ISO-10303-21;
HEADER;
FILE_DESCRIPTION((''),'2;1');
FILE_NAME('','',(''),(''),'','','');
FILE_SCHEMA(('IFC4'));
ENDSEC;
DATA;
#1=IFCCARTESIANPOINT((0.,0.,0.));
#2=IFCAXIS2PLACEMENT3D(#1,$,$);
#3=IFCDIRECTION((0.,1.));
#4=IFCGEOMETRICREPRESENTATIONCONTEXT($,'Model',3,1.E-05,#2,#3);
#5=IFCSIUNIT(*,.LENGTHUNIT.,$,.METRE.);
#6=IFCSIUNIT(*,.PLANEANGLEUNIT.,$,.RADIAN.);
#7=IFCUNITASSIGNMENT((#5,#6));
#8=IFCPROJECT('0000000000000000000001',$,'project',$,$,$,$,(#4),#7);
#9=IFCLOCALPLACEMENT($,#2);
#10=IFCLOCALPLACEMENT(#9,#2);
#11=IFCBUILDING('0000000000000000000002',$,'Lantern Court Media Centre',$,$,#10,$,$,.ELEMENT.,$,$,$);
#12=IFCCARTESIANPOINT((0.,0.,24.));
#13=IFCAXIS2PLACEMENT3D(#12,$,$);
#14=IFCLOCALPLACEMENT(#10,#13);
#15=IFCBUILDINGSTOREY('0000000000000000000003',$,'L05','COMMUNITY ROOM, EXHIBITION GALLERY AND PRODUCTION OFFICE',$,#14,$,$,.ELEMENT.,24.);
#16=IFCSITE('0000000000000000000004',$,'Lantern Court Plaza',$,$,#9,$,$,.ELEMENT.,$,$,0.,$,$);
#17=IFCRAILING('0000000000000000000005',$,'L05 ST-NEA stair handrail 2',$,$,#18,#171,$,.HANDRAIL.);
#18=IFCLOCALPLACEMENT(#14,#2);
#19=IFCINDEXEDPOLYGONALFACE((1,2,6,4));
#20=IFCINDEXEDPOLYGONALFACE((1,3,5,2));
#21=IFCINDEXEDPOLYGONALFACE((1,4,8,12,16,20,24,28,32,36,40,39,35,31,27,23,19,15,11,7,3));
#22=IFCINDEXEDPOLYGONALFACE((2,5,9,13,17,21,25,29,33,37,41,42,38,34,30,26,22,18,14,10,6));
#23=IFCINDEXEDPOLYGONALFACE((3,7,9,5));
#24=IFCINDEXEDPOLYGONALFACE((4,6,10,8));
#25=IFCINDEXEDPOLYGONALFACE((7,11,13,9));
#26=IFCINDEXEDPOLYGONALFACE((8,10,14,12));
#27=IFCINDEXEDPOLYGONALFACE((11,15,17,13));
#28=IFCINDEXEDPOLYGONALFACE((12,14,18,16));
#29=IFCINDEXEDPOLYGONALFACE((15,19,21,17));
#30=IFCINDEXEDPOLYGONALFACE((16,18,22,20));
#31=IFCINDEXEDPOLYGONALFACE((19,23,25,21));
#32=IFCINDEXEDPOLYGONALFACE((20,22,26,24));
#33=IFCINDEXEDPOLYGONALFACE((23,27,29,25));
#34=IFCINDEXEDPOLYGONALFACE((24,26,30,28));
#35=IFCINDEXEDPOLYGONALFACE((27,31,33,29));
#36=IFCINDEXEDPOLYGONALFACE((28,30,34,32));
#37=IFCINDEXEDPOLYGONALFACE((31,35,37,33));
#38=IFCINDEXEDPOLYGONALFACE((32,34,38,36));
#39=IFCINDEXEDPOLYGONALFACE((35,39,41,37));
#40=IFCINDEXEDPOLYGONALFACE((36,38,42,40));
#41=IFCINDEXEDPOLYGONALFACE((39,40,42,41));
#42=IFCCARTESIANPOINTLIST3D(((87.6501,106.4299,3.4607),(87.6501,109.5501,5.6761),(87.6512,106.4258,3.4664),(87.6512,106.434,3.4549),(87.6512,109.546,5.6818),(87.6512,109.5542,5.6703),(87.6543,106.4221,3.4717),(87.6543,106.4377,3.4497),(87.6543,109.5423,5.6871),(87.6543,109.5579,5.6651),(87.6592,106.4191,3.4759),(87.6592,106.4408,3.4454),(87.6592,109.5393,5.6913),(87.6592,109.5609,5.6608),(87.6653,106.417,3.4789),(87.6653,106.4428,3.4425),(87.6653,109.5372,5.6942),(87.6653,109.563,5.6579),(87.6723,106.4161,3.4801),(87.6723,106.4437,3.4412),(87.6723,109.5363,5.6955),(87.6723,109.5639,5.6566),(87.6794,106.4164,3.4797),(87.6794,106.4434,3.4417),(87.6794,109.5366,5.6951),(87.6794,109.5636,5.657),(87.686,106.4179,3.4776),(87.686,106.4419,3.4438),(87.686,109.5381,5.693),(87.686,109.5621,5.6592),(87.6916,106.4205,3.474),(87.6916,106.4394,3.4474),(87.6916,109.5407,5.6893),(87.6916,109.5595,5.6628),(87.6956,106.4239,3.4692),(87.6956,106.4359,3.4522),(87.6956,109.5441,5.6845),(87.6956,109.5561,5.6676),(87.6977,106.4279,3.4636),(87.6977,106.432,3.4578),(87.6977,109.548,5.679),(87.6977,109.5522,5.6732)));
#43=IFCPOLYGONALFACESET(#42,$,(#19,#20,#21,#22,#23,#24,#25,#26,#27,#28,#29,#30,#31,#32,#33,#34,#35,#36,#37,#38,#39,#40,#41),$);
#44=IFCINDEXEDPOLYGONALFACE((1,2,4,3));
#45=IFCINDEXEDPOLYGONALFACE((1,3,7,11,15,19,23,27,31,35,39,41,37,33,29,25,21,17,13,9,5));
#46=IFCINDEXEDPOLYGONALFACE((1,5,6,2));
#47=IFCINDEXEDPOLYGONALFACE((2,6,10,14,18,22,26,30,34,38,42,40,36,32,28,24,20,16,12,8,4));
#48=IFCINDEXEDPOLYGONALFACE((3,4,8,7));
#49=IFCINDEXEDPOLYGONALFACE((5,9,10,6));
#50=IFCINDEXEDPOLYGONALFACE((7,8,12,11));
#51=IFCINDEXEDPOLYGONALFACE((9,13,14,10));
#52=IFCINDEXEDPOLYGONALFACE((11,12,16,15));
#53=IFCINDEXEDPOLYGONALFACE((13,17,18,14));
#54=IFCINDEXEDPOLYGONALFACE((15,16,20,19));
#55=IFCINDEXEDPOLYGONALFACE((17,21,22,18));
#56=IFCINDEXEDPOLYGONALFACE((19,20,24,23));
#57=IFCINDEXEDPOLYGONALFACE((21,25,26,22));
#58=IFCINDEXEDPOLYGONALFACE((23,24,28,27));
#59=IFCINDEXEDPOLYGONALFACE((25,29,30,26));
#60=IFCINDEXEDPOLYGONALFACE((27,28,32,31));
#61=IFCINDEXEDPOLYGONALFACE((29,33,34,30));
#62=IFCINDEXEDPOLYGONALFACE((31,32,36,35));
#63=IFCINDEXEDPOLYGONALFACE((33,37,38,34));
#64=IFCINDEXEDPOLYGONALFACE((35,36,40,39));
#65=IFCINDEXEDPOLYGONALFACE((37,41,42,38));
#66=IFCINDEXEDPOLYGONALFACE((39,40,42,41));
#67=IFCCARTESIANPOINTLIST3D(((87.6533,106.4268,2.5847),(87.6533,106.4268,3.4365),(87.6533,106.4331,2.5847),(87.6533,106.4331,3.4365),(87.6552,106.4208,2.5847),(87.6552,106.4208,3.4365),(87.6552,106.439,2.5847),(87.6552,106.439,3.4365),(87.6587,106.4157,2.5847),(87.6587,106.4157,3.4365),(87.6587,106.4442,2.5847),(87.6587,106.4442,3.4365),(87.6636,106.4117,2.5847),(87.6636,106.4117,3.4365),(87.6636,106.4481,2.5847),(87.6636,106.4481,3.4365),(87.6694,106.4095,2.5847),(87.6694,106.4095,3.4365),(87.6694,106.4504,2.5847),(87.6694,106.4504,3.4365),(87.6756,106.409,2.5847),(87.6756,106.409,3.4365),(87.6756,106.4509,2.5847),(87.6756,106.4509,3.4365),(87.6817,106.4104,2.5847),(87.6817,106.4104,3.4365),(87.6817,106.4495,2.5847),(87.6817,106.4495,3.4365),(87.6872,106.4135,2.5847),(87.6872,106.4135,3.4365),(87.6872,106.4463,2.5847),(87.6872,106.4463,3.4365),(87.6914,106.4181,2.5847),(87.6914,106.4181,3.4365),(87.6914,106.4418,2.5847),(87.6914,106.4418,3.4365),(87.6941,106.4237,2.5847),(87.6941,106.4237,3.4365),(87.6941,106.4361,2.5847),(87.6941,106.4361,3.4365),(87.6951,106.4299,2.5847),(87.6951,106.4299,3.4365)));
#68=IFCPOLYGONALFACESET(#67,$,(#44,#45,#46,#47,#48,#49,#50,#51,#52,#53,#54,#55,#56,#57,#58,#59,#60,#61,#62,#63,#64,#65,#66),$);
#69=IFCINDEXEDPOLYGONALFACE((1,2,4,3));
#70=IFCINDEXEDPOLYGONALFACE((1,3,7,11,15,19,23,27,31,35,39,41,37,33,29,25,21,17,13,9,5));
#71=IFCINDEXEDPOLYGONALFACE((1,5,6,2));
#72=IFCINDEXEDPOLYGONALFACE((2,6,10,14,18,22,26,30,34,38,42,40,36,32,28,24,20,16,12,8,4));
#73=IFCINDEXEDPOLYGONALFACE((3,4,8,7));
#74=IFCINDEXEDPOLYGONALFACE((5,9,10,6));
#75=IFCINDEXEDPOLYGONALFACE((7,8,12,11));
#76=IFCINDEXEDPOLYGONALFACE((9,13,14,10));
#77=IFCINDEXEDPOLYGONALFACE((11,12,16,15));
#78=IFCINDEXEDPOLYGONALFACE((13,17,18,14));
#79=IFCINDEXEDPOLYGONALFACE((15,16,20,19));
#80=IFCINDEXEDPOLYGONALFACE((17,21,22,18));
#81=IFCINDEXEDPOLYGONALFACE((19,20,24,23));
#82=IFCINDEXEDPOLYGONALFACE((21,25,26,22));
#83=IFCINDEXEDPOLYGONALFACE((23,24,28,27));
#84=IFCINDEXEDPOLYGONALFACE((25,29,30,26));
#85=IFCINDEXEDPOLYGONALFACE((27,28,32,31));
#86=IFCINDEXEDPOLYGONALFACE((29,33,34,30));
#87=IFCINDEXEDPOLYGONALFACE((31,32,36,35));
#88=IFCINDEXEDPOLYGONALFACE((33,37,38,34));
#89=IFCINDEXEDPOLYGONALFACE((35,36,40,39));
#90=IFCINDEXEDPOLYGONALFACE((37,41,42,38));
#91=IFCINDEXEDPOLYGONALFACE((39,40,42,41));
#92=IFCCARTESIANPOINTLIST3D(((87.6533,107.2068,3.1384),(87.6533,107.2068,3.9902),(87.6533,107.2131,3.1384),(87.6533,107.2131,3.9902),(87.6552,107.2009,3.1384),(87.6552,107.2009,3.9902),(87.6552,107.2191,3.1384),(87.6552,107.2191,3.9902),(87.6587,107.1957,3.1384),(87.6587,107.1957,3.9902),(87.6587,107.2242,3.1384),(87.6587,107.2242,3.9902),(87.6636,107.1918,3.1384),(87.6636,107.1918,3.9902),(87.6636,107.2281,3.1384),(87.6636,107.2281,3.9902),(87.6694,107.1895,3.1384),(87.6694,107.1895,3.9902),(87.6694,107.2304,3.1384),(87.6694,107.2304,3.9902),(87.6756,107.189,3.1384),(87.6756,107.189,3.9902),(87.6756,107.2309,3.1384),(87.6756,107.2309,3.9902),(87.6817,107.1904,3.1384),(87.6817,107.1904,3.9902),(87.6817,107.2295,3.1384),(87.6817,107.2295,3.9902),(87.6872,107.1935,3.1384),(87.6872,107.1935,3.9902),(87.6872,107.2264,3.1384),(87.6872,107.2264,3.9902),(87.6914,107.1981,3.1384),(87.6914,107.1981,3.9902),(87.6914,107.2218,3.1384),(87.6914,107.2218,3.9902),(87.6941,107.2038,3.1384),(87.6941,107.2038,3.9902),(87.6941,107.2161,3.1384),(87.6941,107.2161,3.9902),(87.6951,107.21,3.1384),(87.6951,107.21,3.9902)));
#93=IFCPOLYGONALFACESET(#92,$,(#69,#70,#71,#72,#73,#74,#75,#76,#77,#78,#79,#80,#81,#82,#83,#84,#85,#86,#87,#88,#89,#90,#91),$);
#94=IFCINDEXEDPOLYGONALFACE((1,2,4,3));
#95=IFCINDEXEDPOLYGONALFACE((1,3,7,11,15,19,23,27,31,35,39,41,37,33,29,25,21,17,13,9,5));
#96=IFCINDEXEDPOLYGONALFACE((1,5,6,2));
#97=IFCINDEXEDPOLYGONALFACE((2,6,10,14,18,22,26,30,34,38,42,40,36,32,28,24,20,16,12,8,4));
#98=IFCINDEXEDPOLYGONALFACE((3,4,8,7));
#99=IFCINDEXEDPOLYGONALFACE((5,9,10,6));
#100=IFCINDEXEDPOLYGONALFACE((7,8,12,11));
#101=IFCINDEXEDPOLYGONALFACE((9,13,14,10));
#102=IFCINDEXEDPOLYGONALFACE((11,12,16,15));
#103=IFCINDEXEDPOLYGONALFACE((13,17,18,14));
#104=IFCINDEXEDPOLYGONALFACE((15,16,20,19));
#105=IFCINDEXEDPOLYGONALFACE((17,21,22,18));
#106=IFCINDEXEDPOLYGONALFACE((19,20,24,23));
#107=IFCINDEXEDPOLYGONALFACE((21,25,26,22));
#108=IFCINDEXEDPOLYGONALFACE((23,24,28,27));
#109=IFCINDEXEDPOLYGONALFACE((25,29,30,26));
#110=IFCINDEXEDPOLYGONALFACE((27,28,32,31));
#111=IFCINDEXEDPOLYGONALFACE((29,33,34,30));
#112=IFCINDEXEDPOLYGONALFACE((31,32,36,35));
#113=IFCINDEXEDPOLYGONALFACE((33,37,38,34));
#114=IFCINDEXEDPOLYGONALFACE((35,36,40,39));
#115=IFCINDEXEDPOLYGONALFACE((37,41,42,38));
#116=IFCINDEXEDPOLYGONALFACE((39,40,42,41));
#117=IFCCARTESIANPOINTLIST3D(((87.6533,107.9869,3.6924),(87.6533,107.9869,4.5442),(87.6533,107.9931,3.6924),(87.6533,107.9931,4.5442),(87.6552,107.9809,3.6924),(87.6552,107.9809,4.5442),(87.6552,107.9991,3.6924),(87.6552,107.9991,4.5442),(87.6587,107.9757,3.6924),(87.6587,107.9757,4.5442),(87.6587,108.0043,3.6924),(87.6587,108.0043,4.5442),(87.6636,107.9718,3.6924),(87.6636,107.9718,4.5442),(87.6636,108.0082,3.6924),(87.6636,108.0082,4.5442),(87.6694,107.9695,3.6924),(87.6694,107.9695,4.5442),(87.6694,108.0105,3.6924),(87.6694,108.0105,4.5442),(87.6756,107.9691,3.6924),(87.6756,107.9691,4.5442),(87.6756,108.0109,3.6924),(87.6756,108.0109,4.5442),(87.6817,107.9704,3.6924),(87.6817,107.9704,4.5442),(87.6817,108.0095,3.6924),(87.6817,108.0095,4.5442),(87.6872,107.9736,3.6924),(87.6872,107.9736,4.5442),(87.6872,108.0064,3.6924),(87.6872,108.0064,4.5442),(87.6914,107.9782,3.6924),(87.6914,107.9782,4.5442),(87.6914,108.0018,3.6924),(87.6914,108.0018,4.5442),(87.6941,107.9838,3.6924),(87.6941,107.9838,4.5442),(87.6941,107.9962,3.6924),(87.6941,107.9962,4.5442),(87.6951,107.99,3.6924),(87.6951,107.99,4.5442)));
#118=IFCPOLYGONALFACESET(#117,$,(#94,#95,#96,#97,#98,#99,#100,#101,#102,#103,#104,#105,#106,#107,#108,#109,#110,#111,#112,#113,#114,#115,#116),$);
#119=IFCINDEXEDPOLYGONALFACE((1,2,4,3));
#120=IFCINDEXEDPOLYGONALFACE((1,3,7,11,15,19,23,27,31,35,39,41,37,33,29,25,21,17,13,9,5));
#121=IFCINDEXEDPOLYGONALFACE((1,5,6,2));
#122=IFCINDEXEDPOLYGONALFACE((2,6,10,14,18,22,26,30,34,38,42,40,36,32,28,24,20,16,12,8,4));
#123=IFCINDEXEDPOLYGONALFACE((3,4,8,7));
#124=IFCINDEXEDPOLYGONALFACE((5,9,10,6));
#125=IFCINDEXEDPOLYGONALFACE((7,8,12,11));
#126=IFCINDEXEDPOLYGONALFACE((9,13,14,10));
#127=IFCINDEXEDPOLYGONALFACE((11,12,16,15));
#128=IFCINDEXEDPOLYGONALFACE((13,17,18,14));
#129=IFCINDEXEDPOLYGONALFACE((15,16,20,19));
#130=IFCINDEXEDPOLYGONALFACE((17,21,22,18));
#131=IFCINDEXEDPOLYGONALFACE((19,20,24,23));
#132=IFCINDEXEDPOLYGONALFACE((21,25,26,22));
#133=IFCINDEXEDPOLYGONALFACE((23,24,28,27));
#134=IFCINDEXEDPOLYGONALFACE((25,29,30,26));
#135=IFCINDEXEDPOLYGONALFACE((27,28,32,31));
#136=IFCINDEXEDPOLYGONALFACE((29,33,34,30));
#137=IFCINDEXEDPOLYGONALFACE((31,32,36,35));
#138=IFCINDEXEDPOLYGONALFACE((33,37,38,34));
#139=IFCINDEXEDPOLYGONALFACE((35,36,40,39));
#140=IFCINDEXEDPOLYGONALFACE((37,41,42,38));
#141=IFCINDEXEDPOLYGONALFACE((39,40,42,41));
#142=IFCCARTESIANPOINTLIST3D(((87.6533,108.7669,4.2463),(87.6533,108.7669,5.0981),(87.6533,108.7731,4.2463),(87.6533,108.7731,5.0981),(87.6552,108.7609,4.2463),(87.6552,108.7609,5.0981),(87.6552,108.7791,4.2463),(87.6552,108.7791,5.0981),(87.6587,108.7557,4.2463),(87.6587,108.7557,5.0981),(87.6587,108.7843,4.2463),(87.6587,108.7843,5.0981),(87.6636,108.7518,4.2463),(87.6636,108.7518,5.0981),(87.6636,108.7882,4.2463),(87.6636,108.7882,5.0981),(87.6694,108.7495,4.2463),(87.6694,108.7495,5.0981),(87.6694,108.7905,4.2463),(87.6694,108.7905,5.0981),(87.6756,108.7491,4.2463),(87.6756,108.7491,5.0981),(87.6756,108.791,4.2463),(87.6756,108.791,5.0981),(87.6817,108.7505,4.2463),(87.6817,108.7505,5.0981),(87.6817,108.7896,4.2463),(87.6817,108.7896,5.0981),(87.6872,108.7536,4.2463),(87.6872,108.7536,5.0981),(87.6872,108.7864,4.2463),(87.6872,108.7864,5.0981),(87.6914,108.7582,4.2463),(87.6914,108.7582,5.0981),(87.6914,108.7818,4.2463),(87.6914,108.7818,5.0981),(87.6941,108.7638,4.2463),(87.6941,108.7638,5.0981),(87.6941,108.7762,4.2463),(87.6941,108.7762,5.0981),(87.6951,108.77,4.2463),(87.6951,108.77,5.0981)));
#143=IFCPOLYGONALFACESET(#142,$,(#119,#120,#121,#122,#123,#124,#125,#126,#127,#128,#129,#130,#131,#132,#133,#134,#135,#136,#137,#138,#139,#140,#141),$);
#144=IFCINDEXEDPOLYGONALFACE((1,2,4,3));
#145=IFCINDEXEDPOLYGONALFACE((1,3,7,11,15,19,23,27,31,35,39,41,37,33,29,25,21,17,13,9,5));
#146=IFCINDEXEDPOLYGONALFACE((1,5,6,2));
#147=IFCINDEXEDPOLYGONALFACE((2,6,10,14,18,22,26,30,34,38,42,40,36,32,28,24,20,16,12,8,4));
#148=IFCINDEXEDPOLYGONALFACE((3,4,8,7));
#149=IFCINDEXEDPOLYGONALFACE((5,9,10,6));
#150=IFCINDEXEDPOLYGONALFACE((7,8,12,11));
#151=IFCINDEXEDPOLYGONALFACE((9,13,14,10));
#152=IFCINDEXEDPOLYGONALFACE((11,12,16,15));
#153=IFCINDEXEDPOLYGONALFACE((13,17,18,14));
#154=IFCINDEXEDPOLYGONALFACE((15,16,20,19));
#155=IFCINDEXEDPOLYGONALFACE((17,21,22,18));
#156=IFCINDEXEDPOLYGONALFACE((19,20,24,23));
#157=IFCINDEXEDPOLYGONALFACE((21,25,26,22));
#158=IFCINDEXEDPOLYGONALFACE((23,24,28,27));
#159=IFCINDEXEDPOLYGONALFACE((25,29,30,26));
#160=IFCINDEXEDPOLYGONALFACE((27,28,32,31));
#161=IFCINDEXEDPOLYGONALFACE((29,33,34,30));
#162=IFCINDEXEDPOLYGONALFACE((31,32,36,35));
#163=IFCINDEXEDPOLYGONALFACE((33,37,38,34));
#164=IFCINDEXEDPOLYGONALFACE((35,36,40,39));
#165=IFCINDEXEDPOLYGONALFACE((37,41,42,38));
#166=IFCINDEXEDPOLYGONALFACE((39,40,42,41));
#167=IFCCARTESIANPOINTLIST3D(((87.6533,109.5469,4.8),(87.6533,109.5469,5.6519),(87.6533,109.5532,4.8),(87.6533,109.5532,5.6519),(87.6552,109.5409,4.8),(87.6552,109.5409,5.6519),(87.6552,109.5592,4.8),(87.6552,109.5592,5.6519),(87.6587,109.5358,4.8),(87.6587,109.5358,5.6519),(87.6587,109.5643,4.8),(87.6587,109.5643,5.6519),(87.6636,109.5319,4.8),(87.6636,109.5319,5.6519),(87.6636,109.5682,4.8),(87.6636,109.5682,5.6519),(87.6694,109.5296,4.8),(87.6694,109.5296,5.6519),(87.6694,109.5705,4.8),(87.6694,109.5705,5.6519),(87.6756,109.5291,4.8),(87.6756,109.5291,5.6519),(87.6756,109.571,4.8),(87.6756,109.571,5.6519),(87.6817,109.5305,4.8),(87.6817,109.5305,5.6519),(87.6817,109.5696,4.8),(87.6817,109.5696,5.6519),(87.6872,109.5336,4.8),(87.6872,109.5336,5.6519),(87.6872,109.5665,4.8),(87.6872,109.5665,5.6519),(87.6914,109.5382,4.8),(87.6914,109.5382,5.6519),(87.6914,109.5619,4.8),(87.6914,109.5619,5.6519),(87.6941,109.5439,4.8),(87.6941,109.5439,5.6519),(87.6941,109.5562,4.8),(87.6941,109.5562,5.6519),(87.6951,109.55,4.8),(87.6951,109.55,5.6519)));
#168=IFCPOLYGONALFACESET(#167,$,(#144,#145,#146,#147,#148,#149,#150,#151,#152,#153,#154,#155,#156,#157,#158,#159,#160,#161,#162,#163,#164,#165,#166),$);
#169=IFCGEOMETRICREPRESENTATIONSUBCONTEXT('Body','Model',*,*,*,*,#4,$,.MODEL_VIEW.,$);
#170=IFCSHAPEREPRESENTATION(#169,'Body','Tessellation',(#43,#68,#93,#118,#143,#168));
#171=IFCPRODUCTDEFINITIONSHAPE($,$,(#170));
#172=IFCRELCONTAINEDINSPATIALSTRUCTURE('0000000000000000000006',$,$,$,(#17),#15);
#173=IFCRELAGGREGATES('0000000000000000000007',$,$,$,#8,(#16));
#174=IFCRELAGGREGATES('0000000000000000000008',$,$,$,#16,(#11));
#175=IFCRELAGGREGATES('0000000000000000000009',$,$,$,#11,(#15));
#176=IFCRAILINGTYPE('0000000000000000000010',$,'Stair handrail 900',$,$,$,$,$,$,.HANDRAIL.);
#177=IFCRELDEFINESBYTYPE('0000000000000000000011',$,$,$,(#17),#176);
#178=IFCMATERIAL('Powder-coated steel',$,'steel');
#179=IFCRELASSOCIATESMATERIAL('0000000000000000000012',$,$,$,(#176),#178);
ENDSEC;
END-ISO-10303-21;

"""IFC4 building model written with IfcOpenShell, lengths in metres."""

from ifc_helpers import new_model, si_unit, direction, frame, origin, origin_2d, place, context, subcontext, project, spatial, circle, extrude, material, type_object, element, save


model = new_model("IFC4")

# Units and contexts
model_context = context("Model", 3, precision=1e-05, world=origin(), true_north=direction((0.0, 1.0)))
body_context = subcontext(model_context, "Body", "Model", "MODEL_VIEW")
ifc_project = project(units=[si_unit("LENGTHUNIT", "METRE"), si_unit("PLANEANGLEUNIT", "RADIAN")], contexts=[model_context])

# Site, building, storey
site_placement = place(None, origin())
site = spatial("IfcSite", under=ifc_project, at=site_placement, Name="Lantern Court Plaza", CompositionType="ELEMENT", RefElevation=0.0)
building_placement = place(site_placement, origin())
building = spatial("IfcBuilding", under=site, at=building_placement, Name="Lantern Court Media Centre", CompositionType="ELEMENT")
storey_placement = place(building_placement, frame((0.0, 0.0, 24.0)))
storey = spatial("IfcBuildingStorey", under=building, at=storey_placement, Name="L05", Description="COMMUNITY ROOM, EXHIBITION GALLERY AND PRODUCTION OFFICE", CompositionType="ELEMENT", Elevation=24.0)

# Railing
ifc_material_1 = material(Name="Powder-coated steel", Category="steel")
railing_type = type_object("IfcRailingType", Name="Stair handrail 900", PredefinedType="HANDRAIL", material=ifc_material_1)
railing_placement = place(storey_placement, frame((87.6741, 106.4299, 2.5847)))
element("IfcRailing", 1, at=railing_placement, inside=storey, type_object=railing_type, Name="L05 ST-NEA stair handrail 2", PredefinedType="HANDRAIL", context=body_context, shape_type="SweptSolid", body=[
    extrude(circle(Radius=0.0239, at=origin_2d()), frame((0.0, 0.0, 0.876), z_axis=(0.0, 0.815377, 0.57893), x_axis=(-1.0, 0.0, 0.0)), (0.0, 0.0, 1.0), 3.8267),
    extrude(circle(Radius=0.021, at=origin_2d()), origin(), (0.0, 0.0, 1.0), 0.8518),
    extrude(circle(Radius=0.021, at=origin_2d()), frame((0.0, 0.78, 0.5537)), (0.0, 0.0, 1.0), 0.8518),
    extrude(circle(Radius=0.021, at=origin_2d()), frame((0.0, 1.5601, 1.1077)), (0.0, 0.0, 1.0), 0.8518),
    extrude(circle(Radius=0.021, at=origin_2d()), frame((0.0, 2.3401, 1.6616)), (0.0, 0.0, 1.0), 0.8518),
    extrude(circle(Radius=0.021, at=origin_2d()), frame((0.0, 3.1201, 2.2153)), (0.0, 0.0, 1.0), 0.8518),
])

save(model, "model.ifc")
